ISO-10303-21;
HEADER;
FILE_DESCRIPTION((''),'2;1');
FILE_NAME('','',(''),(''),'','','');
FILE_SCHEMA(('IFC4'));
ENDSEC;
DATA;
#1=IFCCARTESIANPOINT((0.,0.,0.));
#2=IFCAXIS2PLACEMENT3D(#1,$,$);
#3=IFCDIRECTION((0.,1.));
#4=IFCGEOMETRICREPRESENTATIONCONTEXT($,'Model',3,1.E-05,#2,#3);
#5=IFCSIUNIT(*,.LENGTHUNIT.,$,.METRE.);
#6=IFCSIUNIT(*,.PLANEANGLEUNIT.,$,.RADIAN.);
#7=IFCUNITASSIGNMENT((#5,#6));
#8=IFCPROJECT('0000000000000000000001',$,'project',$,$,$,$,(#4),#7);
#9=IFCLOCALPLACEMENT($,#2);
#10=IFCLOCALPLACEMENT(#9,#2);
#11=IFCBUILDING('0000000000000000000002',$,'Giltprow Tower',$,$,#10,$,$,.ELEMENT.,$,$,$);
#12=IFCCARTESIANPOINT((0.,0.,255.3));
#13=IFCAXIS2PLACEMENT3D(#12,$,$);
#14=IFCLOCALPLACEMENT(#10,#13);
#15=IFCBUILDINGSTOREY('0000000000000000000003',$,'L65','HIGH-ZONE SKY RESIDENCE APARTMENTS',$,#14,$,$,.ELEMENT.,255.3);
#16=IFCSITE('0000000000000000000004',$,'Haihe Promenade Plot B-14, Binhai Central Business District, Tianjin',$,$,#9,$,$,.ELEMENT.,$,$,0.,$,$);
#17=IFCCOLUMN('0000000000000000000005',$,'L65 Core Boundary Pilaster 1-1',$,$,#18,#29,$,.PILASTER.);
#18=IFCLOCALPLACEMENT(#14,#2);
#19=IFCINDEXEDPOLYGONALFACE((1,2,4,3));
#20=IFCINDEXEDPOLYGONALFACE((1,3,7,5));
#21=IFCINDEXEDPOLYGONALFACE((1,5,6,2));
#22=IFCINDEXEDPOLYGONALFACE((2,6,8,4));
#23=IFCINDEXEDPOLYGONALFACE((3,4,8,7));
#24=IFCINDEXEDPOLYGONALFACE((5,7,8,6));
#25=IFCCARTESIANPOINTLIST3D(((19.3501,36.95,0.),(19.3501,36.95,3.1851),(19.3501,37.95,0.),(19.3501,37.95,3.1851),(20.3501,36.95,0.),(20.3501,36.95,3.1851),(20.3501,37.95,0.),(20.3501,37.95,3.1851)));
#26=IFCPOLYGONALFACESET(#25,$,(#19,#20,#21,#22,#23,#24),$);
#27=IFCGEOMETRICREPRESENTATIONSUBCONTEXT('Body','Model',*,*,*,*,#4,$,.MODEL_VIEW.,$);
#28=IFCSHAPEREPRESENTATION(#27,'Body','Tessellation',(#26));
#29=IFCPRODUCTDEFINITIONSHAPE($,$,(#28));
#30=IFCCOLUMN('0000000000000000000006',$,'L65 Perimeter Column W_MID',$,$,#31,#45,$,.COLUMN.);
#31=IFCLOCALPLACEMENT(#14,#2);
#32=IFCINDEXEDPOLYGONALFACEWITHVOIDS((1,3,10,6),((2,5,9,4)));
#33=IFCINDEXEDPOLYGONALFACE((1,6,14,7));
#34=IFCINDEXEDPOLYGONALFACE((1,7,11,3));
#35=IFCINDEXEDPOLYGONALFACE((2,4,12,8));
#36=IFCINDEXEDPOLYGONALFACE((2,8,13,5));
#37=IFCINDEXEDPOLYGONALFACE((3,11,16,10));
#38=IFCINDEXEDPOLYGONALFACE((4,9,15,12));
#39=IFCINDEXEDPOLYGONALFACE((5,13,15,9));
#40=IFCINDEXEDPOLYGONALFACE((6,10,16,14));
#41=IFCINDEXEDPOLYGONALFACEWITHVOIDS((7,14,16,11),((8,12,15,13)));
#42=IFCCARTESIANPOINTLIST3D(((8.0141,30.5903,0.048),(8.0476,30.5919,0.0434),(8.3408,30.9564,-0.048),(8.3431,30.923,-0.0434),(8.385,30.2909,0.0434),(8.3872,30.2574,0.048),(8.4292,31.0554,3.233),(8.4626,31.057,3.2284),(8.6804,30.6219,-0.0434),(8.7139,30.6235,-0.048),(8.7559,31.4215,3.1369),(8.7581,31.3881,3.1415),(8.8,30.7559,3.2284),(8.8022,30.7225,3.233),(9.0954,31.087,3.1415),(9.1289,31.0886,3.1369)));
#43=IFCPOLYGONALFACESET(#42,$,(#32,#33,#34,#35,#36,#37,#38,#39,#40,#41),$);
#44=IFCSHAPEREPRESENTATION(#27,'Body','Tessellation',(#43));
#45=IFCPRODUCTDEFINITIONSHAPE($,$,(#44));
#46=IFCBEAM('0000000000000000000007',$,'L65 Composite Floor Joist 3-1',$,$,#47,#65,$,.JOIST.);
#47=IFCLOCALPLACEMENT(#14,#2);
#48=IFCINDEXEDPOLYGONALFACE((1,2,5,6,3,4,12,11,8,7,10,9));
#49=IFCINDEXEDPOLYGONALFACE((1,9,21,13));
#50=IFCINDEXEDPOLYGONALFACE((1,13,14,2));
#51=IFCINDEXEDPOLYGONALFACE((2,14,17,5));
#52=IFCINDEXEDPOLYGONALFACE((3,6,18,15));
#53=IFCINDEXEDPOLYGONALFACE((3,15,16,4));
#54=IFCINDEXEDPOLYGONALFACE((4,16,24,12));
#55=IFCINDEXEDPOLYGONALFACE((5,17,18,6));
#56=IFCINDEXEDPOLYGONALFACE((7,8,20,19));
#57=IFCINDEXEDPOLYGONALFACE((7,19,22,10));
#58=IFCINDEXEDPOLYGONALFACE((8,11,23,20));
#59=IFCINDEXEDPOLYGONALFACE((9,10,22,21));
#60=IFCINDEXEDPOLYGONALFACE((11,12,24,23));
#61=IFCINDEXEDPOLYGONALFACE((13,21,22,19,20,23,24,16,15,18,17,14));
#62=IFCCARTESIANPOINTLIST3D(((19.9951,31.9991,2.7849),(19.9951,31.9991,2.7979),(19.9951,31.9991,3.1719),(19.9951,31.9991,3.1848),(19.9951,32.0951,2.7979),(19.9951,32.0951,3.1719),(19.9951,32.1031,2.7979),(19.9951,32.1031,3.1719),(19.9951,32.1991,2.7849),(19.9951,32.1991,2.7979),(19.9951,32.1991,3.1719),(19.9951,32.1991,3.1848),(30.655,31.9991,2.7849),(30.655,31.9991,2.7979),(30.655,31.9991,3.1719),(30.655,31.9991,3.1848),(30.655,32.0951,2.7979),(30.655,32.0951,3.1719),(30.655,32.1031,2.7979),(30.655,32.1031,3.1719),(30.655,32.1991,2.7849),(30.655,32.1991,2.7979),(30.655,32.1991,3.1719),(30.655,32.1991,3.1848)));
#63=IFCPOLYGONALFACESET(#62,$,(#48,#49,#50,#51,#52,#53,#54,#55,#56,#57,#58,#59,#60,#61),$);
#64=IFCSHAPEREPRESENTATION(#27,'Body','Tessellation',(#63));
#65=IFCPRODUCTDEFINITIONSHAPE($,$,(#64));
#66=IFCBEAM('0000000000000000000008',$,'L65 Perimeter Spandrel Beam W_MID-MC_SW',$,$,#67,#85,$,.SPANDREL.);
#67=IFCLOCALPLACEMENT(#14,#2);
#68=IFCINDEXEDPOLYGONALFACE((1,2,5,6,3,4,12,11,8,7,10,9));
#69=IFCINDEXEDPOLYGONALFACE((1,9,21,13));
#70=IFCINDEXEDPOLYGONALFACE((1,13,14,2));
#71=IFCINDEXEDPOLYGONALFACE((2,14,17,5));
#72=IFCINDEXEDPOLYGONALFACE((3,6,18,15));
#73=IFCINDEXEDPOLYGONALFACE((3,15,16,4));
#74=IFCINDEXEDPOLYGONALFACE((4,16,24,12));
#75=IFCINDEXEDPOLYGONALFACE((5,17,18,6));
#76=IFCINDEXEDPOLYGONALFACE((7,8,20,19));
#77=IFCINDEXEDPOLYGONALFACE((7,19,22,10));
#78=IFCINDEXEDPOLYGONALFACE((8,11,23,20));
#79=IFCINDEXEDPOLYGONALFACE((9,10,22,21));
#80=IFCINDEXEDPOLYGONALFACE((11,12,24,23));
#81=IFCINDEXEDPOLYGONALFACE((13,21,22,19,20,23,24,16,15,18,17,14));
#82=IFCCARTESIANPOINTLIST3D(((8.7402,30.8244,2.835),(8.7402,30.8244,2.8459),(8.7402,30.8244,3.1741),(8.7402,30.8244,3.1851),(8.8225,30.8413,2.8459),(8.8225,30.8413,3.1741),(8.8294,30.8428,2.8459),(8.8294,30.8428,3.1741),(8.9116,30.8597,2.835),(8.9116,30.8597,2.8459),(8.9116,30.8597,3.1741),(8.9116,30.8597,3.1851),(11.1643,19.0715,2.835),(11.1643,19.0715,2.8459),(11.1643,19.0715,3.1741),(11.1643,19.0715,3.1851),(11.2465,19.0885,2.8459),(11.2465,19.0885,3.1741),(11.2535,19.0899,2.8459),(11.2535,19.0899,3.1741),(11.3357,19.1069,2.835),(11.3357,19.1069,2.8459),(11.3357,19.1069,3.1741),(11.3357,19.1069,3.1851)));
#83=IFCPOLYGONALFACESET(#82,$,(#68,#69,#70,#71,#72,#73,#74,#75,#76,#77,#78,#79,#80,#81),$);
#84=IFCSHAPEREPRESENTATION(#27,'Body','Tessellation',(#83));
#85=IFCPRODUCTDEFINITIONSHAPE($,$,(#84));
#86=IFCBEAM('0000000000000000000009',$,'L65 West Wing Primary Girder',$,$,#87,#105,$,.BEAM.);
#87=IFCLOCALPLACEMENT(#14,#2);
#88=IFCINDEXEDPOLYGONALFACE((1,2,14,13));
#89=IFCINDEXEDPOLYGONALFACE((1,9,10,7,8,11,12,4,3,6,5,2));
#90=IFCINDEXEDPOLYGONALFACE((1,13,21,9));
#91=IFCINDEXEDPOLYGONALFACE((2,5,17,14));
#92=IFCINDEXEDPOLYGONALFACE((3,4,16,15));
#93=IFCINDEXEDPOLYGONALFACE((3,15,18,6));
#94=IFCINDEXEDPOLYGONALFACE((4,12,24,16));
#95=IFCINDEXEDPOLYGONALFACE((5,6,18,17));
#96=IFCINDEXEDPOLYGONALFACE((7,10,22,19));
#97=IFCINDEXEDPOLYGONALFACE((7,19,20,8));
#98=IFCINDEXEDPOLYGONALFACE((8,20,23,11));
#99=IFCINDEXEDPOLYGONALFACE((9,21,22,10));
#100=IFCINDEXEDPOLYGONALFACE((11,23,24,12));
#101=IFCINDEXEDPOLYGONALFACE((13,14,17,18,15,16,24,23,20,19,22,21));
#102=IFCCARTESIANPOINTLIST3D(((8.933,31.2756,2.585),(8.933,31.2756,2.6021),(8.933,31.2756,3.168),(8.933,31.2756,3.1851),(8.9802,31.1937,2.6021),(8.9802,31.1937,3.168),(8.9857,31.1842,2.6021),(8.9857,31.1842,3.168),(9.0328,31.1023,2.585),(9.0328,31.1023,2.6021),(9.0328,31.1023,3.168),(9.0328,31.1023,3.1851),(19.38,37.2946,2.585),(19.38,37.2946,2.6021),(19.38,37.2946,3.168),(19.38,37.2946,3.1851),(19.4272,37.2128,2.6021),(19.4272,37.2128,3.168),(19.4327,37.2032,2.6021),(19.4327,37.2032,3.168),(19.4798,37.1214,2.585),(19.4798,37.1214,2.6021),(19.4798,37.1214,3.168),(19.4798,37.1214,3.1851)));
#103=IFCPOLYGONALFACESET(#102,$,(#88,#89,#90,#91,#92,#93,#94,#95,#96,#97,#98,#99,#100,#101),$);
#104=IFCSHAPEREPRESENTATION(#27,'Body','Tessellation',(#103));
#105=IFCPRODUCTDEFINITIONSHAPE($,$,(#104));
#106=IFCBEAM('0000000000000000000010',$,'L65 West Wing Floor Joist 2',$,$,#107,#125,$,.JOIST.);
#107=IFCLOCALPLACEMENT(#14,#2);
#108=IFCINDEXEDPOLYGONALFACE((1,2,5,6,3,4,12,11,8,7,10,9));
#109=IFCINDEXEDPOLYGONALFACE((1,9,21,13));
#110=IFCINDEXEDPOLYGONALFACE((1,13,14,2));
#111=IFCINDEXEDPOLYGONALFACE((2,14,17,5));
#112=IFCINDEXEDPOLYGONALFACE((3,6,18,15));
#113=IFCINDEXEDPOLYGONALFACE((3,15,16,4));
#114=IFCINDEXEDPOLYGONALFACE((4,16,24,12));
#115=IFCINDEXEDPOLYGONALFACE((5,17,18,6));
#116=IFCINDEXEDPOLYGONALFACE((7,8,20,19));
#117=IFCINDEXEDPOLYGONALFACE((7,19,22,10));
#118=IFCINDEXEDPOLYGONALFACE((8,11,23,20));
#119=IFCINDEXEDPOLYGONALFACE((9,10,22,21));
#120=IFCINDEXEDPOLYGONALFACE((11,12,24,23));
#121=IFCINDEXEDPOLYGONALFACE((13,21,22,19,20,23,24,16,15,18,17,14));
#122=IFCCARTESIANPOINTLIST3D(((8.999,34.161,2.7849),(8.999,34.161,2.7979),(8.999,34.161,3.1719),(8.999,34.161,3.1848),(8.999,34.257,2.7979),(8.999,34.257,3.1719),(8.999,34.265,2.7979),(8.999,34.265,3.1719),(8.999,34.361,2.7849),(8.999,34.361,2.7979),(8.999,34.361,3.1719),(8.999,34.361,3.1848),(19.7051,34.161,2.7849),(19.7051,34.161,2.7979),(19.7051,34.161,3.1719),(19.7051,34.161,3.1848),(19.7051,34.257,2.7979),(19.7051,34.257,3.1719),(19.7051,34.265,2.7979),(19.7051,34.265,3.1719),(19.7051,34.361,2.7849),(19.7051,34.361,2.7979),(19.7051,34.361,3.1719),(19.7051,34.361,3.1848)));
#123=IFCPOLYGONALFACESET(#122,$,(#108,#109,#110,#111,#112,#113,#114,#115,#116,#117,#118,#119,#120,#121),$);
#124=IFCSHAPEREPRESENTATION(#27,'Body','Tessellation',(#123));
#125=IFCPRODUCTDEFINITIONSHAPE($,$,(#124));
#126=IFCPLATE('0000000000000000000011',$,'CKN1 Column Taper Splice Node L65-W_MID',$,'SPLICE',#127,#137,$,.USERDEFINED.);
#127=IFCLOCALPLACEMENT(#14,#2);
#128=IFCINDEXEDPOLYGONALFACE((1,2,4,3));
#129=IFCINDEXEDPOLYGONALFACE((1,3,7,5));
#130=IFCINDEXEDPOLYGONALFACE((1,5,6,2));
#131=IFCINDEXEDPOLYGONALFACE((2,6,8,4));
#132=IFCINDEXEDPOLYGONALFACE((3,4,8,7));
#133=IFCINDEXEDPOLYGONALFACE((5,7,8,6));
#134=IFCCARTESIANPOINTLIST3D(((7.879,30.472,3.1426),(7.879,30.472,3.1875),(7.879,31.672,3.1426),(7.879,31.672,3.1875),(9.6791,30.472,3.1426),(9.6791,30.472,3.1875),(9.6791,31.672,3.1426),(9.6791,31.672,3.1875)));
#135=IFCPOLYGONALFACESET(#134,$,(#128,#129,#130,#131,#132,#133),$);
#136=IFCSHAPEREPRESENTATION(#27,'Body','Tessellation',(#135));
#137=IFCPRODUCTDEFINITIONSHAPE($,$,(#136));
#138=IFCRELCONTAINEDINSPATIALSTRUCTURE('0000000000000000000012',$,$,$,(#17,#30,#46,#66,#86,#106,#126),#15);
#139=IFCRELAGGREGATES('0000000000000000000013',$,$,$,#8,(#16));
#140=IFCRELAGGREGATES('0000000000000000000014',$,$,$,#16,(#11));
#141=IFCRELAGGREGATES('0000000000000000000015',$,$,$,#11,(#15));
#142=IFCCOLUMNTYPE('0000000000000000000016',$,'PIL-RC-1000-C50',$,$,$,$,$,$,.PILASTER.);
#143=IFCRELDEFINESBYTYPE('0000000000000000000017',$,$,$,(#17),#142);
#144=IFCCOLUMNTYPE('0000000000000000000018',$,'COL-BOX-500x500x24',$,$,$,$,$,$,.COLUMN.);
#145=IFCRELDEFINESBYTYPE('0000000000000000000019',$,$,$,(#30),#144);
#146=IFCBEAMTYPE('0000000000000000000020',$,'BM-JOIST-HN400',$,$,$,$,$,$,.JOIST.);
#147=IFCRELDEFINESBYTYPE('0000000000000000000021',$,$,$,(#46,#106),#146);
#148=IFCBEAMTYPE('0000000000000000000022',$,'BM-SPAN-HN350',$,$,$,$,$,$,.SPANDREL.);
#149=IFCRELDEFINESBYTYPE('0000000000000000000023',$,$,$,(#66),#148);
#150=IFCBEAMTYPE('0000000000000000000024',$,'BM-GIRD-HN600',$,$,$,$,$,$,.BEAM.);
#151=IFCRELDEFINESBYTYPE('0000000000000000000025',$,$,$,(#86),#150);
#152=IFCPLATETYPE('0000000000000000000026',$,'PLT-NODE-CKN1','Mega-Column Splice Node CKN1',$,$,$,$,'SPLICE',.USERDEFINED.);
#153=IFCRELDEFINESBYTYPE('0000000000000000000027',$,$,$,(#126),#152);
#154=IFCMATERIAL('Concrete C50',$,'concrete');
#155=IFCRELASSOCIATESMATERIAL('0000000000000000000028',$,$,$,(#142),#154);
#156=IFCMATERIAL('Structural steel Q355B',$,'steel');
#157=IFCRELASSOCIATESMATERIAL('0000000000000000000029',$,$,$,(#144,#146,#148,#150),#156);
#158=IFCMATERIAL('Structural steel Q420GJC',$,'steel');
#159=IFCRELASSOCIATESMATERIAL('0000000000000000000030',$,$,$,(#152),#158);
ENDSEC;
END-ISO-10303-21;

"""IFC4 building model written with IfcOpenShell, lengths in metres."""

from ifc_helpers import new_model, si_unit, direction, frame, origin, origin_2d, place, context, subcontext, project, spatial, rectangle, hollow_rectangle, i_section, extrude, source, transform, mapped, material, material_profile, profile_set, type_object, element, save


model = new_model("IFC4")

# Units and contexts
model_context = context("Model", 3, precision=1e-05, world=origin(), true_north=direction((0.0, 1.0)))
body_context = subcontext(model_context, "Body", "Model", "MODEL_VIEW")
ifc_project = project(units=[si_unit("LENGTHUNIT", "METRE"), si_unit("PLANEANGLEUNIT", "RADIAN")], contexts=[model_context])

# Site, building, storey
site_placement = place(None, origin())
site = spatial("IfcSite", under=ifc_project, at=site_placement, Name="Haihe Promenade Plot B-14, Binhai Central Business District, Tianjin", CompositionType="ELEMENT", RefElevation=0.0)
building_placement = place(site_placement, origin())
building = spatial("IfcBuilding", under=site, at=building_placement, Name="Giltprow Tower", CompositionType="ELEMENT")
storey_placement = place(building_placement, frame((0.0, 0.0, 255.3)))
storey = spatial("IfcBuildingStorey", under=building, at=storey_placement, Name="L65", Description="HIGH-ZONE SKY RESIDENCE APARTMENTS", CompositionType="ELEMENT", Elevation=255.3)

# Columns
ifc_material_1 = material(Name="Concrete C50", Category="concrete")
ifc_material_profile_1 = material_profile(ifc_material_1, rectangle(XDim=1.0, YDim=1.0, at=origin_2d()), Name="RC 1000x1000")
ifc_profile_set_1 = profile_set([ifc_material_profile_1], Name="Concrete C50")
column_type_1 = type_object("IfcColumnType", Name="PIL-RC-1000-C50", PredefinedType="PILASTER", material=ifc_profile_set_1)
shared_shape_1 = source(origin(), body_context, "Body", "SweptSolid", [
    extrude(rectangle(XDim=1.0, YDim=1.0, at=origin_2d()), origin(), (0.0, 0.0, 1.0), 3.1851),
])
column_1_placement = place(storey_placement, frame((19.8501, 37.45, 0.0), z_axis=(0.0, 0.0, 1.0), x_axis=(1.0, 0.0, 0.0)))
element("IfcColumn", 1, at=column_1_placement, inside=storey, type_object=column_type_1, Name="L65 Core Boundary Pilaster 1-1", PredefinedType="PILASTER", context=body_context, shape_type="MappedRepresentation", body=[
    mapped(shared_shape_1, transform((0.0, 0.0, 0.0), x_axis=(1.0, 0.0, 0.0), y_axis=(0.0, 1.0, 0.0), z_axis=(0.0, 0.0, 1.0), scale=1.0)),
])
ifc_material_2 = material(Name="Structural steel Q355B", Category="steel")
ifc_material_profile_2 = material_profile(ifc_material_2, hollow_rectangle(XDim=0.5, YDim=0.5, WallThickness=0.0239, at=origin_2d()), Name="BOX 500x500x24")
ifc_profile_set_2 = profile_set([ifc_material_profile_2], Name="Structural steel Q355B")
column_type_2 = type_object("IfcColumnType", Name="COL-BOX-500x500x24", PredefinedType="COLUMN", material=ifc_profile_set_2)
shared_shape_2 = source(origin(), body_context, "Body", "SweptSolid", [
    extrude(hollow_rectangle(XDim=0.5, YDim=0.5, WallThickness=0.0239, at=origin_2d()), origin(), (0.0, 0.0, 1.0), 3.2454),
])
column_2_placement = place(storey_placement, frame((8.364, 30.6069, 0.0), z_axis=(0.127882, 0.143303, 0.981382), x_axis=(-0.746111, 0.665821, 0.0)))
element("IfcColumn", 2, at=column_2_placement, inside=storey, type_object=column_type_2, Name="L65 Perimeter Column W_MID", PredefinedType="COLUMN", context=body_context, shape_type="MappedRepresentation", body=[
    mapped(shared_shape_2, transform((0.0, 0.0, 0.0), x_axis=(1.0, 0.0, 0.0), y_axis=(0.0, 1.0, 0.0), z_axis=(0.0, 0.0, 1.0), scale=1.0)),
])

# Beams
ifc_material_profile_3 = material_profile(ifc_material_2, i_section(OverallWidth=0.2, OverallDepth=0.3999, WebThickness=0.0081, FlangeThickness=0.0129, at=origin_2d()), Name="HN 400x200x8x13")
ifc_profile_set_3 = profile_set([ifc_material_profile_3], Name="Structural steel Q355B")
beam_type_1 = type_object("IfcBeamType", Name="BM-JOIST-HN400", PredefinedType="JOIST", material=ifc_profile_set_3)
shared_shape_3 = source(origin(), body_context, "Body", "SweptSolid", [
    extrude(i_section(OverallWidth=0.2, OverallDepth=0.3999, WebThickness=0.0081, FlangeThickness=0.0129, at=origin_2d()), origin(), (0.0, 0.0, 1.0), 10.6599),
])
beam_1_placement = place(storey_placement, frame((19.9951, 32.0991, 2.9849), z_axis=(1.0, 0.0, 0.0), x_axis=(0.0, 1.0, 0.0)))
element("IfcBeam", 3, at=beam_1_placement, inside=storey, type_object=beam_type_1, Name="L65 Composite Floor Joist 3-1", PredefinedType="JOIST", context=body_context, shape_type="MappedRepresentation", body=[
    mapped(shared_shape_3, transform((0.0, 0.0, 0.0), x_axis=(1.0, 0.0, 0.0), y_axis=(0.0, 1.0, 0.0), z_axis=(0.0, 0.0, 1.0), scale=1.0)),
])
ifc_material_profile_4 = material_profile(ifc_material_2, i_section(OverallWidth=0.175, OverallDepth=0.3501, WebThickness=0.0071, FlangeThickness=0.011, at=origin_2d()), Name="HN 350x175x7x11")
ifc_profile_set_4 = profile_set([ifc_material_profile_4], Name="Structural steel Q355B")
beam_type_2 = type_object("IfcBeamType", Name="BM-SPAN-HN350", PredefinedType="SPANDREL", material=ifc_profile_set_4)
shared_shape_4 = source(origin(), body_context, "Body", "SweptSolid", [
    extrude(i_section(OverallWidth=0.175, OverallDepth=0.3501, WebThickness=0.0071, FlangeThickness=0.011, at=origin_2d()), origin(), (0.0, 0.0, 1.0), 12.0002),
])
beam_2_placement = place(storey_placement, frame((8.8259, 30.842, 3.01), z_axis=(0.202001, -0.979385, 0.0), x_axis=(0.979385, 0.202001, 0.0)))
element("IfcBeam", 4, at=beam_2_placement, inside=storey, type_object=beam_type_2, Name="L65 Perimeter Spandrel Beam W_MID-MC_SW", PredefinedType="SPANDREL", context=body_context, shape_type="MappedRepresentation", body=[
    mapped(shared_shape_4, transform((0.0, 0.0, 0.0), x_axis=(1.0, 0.0, 0.0), y_axis=(0.0, 1.0, 0.0), z_axis=(0.0, 0.0, 1.0), scale=1.0)),
])
ifc_material_profile_5 = material_profile(ifc_material_2, i_section(OverallWidth=0.2, OverallDepth=0.6001, WebThickness=0.011, FlangeThickness=0.0171, at=origin_2d()), Name="HN 600x200x11x17")
ifc_profile_set_5 = profile_set([ifc_material_profile_5], Name="Structural steel Q355B")
beam_type_3 = type_object("IfcBeamType", Name="BM-GIRD-HN600", PredefinedType="BEAM", material=ifc_profile_set_5)
shared_shape_5 = source(origin(), body_context, "Body", "SweptSolid", [
    extrude(i_section(OverallWidth=0.2, OverallDepth=0.6001, WebThickness=0.011, FlangeThickness=0.0171, at=origin_2d()), origin(), (0.0, 0.0, 1.0), 12.0569),
])
beam_3_placement = place(storey_placement, frame((8.9829, 31.189, 2.885), z_axis=(0.866476, 0.499219, 0.0), x_axis=(-0.499219, 0.866476, 0.0)))
element("IfcBeam", 5, at=beam_3_placement, inside=storey, type_object=beam_type_3, Name="L65 West Wing Primary Girder", PredefinedType="BEAM", context=body_context, shape_type="MappedRepresentation", body=[
    mapped(shared_shape_5, transform((0.0, 0.0, 0.0), x_axis=(1.0, 0.0, 0.0), y_axis=(0.0, 1.0, 0.0), z_axis=(0.0, 0.0, 1.0), scale=1.0)),
])
shared_shape_6 = source(origin(), body_context, "Body", "SweptSolid", [
    extrude(i_section(OverallWidth=0.2, OverallDepth=0.3999, WebThickness=0.0081, FlangeThickness=0.0129, at=origin_2d()), origin(), (0.0, 0.0, 1.0), 10.7061),
])
beam_4_placement = place(storey_placement, frame((8.999, 34.261, 2.9849), z_axis=(1.0, 0.0, 0.0), x_axis=(0.0, 1.0, 0.0)))
element("IfcBeam", 6, at=beam_4_placement, inside=storey, type_object=beam_type_1, Name="L65 West Wing Floor Joist 2", PredefinedType="JOIST", context=body_context, shape_type="MappedRepresentation", body=[
    mapped(shared_shape_6, transform((0.0, 0.0, 0.0), x_axis=(1.0, 0.0, 0.0), y_axis=(0.0, 1.0, 0.0), z_axis=(0.0, 0.0, 1.0), scale=1.0)),
])

# Plate
ifc_material_3 = material(Name="Structural steel Q420GJC", Category="steel")
plate_type = type_object("IfcPlateType", Name="PLT-NODE-CKN1", Description="Mega-Column Splice Node CKN1", ElementType="SPLICE", PredefinedType="USERDEFINED", material=ifc_material_3)
shared_shape_7 = source(origin(), body_context, "Body", "SweptSolid", [
    extrude(rectangle(XDim=1.8, YDim=1.2, at=origin_2d()), origin(), (0.0, 0.0, 1.0), 0.0449),
])
plate_placement = place(storey_placement, frame((8.7791, 31.072, 3.1426), z_axis=(0.0, 0.0, 1.0), x_axis=(1.0, 0.0, 0.0)))
element("IfcPlate", 7, at=plate_placement, inside=storey, type_object=plate_type, Name="CKN1 Column Taper Splice Node L65-W_MID", ObjectType="SPLICE", PredefinedType="USERDEFINED", context=body_context, shape_type="MappedRepresentation", body=[
    mapped(shared_shape_7, transform((0.0, 0.0, 0.0), x_axis=(1.0, 0.0, 0.0), y_axis=(0.0, 1.0, 0.0), z_axis=(0.0, 0.0, 1.0), scale=1.0)),
])

save(model, "model.ifc")
